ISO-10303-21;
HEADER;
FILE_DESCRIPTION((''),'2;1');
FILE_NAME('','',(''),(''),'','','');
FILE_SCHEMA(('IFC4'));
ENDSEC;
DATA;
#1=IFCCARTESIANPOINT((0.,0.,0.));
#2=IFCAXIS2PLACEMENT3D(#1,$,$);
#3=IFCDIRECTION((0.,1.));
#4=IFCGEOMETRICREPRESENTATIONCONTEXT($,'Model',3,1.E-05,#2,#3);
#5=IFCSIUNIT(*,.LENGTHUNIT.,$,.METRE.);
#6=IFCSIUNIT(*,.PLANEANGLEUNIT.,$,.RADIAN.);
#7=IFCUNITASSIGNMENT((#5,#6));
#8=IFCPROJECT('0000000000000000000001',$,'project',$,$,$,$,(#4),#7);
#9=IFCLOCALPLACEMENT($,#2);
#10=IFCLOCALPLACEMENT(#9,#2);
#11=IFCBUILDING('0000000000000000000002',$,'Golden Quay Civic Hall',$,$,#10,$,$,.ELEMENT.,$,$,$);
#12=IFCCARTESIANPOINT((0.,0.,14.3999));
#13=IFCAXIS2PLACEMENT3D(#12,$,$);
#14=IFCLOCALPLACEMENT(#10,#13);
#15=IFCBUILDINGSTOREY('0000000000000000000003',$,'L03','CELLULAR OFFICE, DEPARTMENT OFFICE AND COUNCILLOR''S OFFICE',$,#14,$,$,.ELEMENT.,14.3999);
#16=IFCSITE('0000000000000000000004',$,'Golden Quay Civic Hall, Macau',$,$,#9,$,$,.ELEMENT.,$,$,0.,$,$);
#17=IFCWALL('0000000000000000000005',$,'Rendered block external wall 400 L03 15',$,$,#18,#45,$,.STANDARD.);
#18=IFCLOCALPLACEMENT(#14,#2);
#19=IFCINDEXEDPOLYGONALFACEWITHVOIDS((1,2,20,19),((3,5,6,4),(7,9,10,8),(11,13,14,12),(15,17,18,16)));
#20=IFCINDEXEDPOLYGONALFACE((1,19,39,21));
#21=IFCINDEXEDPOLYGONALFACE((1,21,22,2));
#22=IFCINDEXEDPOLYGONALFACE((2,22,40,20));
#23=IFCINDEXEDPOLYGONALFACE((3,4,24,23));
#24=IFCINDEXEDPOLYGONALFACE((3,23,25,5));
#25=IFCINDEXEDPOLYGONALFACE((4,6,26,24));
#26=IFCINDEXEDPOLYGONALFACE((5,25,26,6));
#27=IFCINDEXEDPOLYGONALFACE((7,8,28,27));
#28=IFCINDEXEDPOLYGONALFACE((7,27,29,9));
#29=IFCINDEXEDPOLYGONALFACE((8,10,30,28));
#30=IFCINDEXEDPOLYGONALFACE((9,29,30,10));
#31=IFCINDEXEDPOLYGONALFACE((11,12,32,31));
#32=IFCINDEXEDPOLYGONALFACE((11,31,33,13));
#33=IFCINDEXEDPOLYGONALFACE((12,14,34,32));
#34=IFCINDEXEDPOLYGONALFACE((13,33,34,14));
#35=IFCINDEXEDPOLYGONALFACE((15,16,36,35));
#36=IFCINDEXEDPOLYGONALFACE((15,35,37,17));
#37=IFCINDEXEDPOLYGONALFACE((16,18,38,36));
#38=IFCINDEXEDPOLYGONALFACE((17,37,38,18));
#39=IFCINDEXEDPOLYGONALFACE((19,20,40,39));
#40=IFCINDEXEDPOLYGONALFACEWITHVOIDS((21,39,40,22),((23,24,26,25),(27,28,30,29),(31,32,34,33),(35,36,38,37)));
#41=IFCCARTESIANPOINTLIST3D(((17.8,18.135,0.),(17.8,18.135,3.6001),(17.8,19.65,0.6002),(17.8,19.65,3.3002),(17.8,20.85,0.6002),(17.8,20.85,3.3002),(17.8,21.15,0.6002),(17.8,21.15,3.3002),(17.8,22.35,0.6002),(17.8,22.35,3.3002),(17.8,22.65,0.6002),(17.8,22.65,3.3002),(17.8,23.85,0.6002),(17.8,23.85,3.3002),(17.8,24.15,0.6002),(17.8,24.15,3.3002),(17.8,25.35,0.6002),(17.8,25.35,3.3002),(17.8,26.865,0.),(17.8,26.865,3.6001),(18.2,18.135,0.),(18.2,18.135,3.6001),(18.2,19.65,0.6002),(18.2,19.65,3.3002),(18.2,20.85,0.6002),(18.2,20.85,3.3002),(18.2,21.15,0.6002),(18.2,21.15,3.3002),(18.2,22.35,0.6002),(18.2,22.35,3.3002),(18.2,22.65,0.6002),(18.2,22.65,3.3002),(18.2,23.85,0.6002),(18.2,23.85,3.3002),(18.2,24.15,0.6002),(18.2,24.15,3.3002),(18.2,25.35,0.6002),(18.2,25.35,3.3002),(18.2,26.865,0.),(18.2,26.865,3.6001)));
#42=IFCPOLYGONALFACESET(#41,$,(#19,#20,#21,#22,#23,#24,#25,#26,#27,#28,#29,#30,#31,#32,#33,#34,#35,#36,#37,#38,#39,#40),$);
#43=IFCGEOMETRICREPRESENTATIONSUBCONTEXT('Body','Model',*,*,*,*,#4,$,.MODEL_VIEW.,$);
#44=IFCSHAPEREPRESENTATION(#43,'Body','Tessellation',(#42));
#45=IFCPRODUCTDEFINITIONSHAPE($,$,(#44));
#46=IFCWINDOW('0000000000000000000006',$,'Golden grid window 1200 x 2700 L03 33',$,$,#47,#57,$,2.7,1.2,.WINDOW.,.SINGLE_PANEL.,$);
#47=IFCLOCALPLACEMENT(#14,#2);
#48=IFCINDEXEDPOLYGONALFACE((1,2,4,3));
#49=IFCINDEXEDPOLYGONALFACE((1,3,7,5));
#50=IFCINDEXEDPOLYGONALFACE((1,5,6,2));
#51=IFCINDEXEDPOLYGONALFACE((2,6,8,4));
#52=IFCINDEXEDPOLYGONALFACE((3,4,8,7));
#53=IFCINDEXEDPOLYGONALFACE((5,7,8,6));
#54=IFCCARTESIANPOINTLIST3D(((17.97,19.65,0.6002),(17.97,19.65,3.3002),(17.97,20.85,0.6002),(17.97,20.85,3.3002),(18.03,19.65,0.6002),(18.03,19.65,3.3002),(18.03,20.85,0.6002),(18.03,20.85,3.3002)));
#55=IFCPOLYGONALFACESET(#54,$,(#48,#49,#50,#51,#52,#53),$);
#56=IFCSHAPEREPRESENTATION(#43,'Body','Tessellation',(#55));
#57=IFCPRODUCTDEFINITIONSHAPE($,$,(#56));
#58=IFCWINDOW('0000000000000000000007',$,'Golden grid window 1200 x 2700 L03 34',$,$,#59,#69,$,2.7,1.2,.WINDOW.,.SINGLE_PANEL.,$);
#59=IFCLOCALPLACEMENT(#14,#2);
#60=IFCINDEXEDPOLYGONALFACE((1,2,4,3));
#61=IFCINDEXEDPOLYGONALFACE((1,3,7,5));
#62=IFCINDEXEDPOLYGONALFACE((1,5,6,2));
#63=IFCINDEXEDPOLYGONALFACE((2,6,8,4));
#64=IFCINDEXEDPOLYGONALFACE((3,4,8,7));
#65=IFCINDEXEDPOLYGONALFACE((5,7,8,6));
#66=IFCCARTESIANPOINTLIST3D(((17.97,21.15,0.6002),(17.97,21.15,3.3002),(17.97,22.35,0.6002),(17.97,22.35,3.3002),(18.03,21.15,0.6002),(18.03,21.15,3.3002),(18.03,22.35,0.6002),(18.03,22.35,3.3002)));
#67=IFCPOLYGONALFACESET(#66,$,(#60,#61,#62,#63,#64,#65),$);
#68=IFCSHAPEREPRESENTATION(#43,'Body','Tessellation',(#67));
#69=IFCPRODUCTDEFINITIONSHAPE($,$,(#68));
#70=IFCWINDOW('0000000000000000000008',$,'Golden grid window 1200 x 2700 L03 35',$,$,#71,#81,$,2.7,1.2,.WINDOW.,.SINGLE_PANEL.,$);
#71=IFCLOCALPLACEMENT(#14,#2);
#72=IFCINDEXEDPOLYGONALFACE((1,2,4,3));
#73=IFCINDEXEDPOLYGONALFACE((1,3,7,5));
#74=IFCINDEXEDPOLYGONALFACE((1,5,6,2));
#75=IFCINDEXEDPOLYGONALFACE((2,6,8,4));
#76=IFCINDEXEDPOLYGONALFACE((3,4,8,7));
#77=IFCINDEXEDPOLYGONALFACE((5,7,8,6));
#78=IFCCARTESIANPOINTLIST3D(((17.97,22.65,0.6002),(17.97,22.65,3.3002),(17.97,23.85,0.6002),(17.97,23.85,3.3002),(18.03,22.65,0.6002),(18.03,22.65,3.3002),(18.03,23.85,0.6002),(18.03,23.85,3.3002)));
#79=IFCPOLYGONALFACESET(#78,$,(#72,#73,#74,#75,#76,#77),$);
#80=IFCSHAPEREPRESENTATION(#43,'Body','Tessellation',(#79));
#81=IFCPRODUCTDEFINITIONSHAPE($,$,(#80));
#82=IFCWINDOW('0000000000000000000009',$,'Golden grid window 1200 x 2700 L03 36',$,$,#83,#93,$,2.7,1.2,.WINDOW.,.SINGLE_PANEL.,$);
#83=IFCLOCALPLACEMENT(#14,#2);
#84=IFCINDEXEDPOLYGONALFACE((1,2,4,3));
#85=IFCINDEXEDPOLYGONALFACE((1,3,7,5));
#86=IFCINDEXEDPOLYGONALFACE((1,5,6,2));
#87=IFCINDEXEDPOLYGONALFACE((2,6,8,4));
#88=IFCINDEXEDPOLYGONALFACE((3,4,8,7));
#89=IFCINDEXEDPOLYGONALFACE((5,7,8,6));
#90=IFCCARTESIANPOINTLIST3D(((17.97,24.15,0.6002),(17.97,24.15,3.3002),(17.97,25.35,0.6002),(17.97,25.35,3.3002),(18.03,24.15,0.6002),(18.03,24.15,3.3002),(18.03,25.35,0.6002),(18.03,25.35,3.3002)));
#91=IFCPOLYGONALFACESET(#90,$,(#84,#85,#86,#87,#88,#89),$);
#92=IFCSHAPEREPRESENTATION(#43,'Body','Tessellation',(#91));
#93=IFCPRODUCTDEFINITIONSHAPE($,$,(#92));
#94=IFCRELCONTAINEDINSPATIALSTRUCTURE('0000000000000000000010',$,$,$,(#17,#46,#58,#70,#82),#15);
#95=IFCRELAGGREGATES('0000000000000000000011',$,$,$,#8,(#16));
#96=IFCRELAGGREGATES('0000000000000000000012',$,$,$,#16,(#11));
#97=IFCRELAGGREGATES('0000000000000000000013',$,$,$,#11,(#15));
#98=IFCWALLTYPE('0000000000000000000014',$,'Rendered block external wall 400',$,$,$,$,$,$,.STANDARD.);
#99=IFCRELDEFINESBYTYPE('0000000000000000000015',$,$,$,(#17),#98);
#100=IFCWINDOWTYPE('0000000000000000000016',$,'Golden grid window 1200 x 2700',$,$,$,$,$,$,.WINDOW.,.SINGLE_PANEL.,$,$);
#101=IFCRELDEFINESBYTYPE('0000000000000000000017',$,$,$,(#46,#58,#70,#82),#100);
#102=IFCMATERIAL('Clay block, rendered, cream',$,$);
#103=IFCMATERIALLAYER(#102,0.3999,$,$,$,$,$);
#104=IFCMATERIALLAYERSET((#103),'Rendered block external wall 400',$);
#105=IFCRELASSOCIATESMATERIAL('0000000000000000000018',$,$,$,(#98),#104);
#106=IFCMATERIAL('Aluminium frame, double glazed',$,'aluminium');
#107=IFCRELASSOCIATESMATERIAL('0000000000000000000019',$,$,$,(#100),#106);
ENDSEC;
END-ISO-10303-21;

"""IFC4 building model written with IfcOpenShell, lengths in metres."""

from ifc_helpers import new_model, si_unit, direction, frame, frame_2d, origin, place, context, subcontext, project, spatial, rectangle, extrude, material, layer, layer_set, type_object, element, fill, save


model = new_model("IFC4")

# Units and contexts
model_context = context("Model", 3, precision=1e-05, world=origin(), true_north=direction((0.0, 1.0)))
body_context = subcontext(model_context, "Body", "Model", "MODEL_VIEW")
ifc_project = project(units=[si_unit("LENGTHUNIT", "METRE"), si_unit("PLANEANGLEUNIT", "RADIAN")], contexts=[model_context])

# Site, building, storey
site_placement = place(None, origin())
site = spatial("IfcSite", under=ifc_project, at=site_placement, Name="Golden Quay Civic Hall, Macau", CompositionType="ELEMENT", RefElevation=0.0)
building_placement = place(site_placement, origin())
building = spatial("IfcBuilding", under=site, at=building_placement, Name="Golden Quay Civic Hall", CompositionType="ELEMENT")
storey_placement = place(building_placement, frame((0.0, 0.0, 14.3999)))
storey = spatial("IfcBuildingStorey", under=building, at=storey_placement, Name="L03", Description="CELLULAR OFFICE, DEPARTMENT OFFICE AND COUNCILLOR'S OFFICE", CompositionType="ELEMENT", Elevation=14.3999)

# Wall, openings, windows
ifc_material_1 = material(Name="Clay block, rendered, cream")
ifc_layer_1 = layer(ifc_material_1, 0.3999)
ifc_layer_set_1 = layer_set([ifc_layer_1], Name="Rendered block external wall 400")
wall_type_1 = type_object("IfcWallType", Name="Rendered block external wall 400", PredefinedType="STANDARD", material=ifc_layer_set_1)
ifc_material_2 = material(Name="Aluminium frame, double glazed", Category="aluminium")
window_type = type_object("IfcWindowType", Name="Golden grid window 1200 x 2700", PartitioningType="SINGLE_PANEL", PredefinedType="WINDOW", material=ifc_material_2)
wall_1_placement = place(storey_placement, frame((18.0, 26.865, 0.0), z_axis=(0.0, 0.0, 1.0), x_axis=(0.0, -1.0, 0.0)))
wall_1 = element("IfcWall", 1, at=wall_1_placement, inside=storey, type_object=wall_type_1, Name="Rendered block external wall 400 L03 15", PredefinedType="STANDARD", context=body_context, shape_type="SweptSolid", body=[
    extrude(rectangle(XDim=8.73, YDim=0.3999, at=frame_2d((4.365, 0.0))), origin(), (0.0, 0.0, 1.0), 3.6001),
])
opening_1_placement = place(wall_1_placement, frame((6.0149, 0.0, 0.6001)))
opening_1 = element("IfcOpeningElement", 2, at=opening_1_placement, cuts=wall_1, PredefinedType="OPENING", context=body_context, shape_type="SweptSolid", body=[
    extrude(rectangle(XDim=1.2, YDim=2.7, at=frame_2d((0.6001, 1.3501))), frame((0.0, 0.21, 0.0), z_axis=(0.0, -1.0, 0.0), x_axis=(1.0, 0.0, 0.0)), (0.0, 0.0, 1.0), 0.4199),
])
opening_2_placement = place(wall_1_placement, frame((4.5149, 0.0, 0.6001)))
opening_2 = element("IfcOpeningElement", 3, at=opening_2_placement, cuts=wall_1, PredefinedType="OPENING", context=body_context, shape_type="SweptSolid", body=[
    extrude(rectangle(XDim=1.2, YDim=2.7, at=frame_2d((0.6001, 1.3501))), frame((0.0, 0.21, 0.0), z_axis=(0.0, -1.0, 0.0), x_axis=(1.0, 0.0, 0.0)), (0.0, 0.0, 1.0), 0.4199),
])
opening_3_placement = place(wall_1_placement, frame((3.0149, 0.0, 0.6001)))
opening_3 = element("IfcOpeningElement", 4, at=opening_3_placement, cuts=wall_1, PredefinedType="OPENING", context=body_context, shape_type="SweptSolid", body=[
    extrude(rectangle(XDim=1.2, YDim=2.7, at=frame_2d((0.6001, 1.3501))), frame((0.0, 0.21, 0.0), z_axis=(0.0, -1.0, 0.0), x_axis=(1.0, 0.0, 0.0)), (0.0, 0.0, 1.0), 0.4199),
])
opening_4_placement = place(wall_1_placement, frame((1.5149, 0.0, 0.6001)))
opening_4 = element("IfcOpeningElement", 5, at=opening_4_placement, cuts=wall_1, PredefinedType="OPENING", context=body_context, shape_type="SweptSolid", body=[
    extrude(rectangle(XDim=1.2, YDim=2.7, at=frame_2d((0.6001, 1.3501))), frame((0.0, 0.21, 0.0), z_axis=(0.0, -1.0, 0.0), x_axis=(1.0, 0.0, 0.0)), (0.0, 0.0, 1.0), 0.4199),
])
window_1_placement = place(opening_1_placement, origin())
window_1 = element("IfcWindow", 6, at=window_1_placement, inside=storey, type_object=window_type, Name="Golden grid window 1200 x 2700 L03 33", OverallHeight=2.7, OverallWidth=1.2, PartitioningType="SINGLE_PANEL", PredefinedType="WINDOW", context=body_context, shape_type="SweptSolid", body=[
    extrude(rectangle(XDim=1.2, YDim=2.7, at=frame_2d((0.6001, 1.3501))), frame((0.0, 0.03, 0.0), z_axis=(0.0, -1.0, 0.0), x_axis=(1.0, 0.0, 0.0)), (0.0, 0.0, 1.0), 0.0601),
])
fill(opening_1, window_1)
window_2_placement = place(opening_2_placement, origin())
window_2 = element("IfcWindow", 7, at=window_2_placement, inside=storey, type_object=window_type, Name="Golden grid window 1200 x 2700 L03 34", OverallHeight=2.7, OverallWidth=1.2, PartitioningType="SINGLE_PANEL", PredefinedType="WINDOW", context=body_context, shape_type="SweptSolid", body=[
    extrude(rectangle(XDim=1.2, YDim=2.7, at=frame_2d((0.6001, 1.3501))), frame((0.0, 0.03, 0.0), z_axis=(0.0, -1.0, 0.0), x_axis=(1.0, 0.0, 0.0)), (0.0, 0.0, 1.0), 0.0601),
])
fill(opening_2, window_2)
window_3_placement = place(opening_3_placement, origin())
window_3 = element("IfcWindow", 8, at=window_3_placement, inside=storey, type_object=window_type, Name="Golden grid window 1200 x 2700 L03 35", OverallHeight=2.7, OverallWidth=1.2, PartitioningType="SINGLE_PANEL", PredefinedType="WINDOW", context=body_context, shape_type="SweptSolid", body=[
    extrude(rectangle(XDim=1.2, YDim=2.7, at=frame_2d((0.6001, 1.3501))), frame((0.0, 0.03, 0.0), z_axis=(0.0, -1.0, 0.0), x_axis=(1.0, 0.0, 0.0)), (0.0, 0.0, 1.0), 0.0601),
])
fill(opening_3, window_3)
window_4_placement = place(opening_4_placement, origin())
window_4 = element("IfcWindow", 9, at=window_4_placement, inside=storey, type_object=window_type, Name="Golden grid window 1200 x 2700 L03 36", OverallHeight=2.7, OverallWidth=1.2, PartitioningType="SINGLE_PANEL", PredefinedType="WINDOW", context=body_context, shape_type="SweptSolid", body=[
    extrude(rectangle(XDim=1.2, YDim=2.7, at=frame_2d((0.6001, 1.3501))), frame((0.0, 0.03, 0.0), z_axis=(0.0, -1.0, 0.0), x_axis=(1.0, 0.0, 0.0)), (0.0, 0.0, 1.0), 0.0601),
])
fill(opening_4, window_4)

save(model, "model.ifc")
